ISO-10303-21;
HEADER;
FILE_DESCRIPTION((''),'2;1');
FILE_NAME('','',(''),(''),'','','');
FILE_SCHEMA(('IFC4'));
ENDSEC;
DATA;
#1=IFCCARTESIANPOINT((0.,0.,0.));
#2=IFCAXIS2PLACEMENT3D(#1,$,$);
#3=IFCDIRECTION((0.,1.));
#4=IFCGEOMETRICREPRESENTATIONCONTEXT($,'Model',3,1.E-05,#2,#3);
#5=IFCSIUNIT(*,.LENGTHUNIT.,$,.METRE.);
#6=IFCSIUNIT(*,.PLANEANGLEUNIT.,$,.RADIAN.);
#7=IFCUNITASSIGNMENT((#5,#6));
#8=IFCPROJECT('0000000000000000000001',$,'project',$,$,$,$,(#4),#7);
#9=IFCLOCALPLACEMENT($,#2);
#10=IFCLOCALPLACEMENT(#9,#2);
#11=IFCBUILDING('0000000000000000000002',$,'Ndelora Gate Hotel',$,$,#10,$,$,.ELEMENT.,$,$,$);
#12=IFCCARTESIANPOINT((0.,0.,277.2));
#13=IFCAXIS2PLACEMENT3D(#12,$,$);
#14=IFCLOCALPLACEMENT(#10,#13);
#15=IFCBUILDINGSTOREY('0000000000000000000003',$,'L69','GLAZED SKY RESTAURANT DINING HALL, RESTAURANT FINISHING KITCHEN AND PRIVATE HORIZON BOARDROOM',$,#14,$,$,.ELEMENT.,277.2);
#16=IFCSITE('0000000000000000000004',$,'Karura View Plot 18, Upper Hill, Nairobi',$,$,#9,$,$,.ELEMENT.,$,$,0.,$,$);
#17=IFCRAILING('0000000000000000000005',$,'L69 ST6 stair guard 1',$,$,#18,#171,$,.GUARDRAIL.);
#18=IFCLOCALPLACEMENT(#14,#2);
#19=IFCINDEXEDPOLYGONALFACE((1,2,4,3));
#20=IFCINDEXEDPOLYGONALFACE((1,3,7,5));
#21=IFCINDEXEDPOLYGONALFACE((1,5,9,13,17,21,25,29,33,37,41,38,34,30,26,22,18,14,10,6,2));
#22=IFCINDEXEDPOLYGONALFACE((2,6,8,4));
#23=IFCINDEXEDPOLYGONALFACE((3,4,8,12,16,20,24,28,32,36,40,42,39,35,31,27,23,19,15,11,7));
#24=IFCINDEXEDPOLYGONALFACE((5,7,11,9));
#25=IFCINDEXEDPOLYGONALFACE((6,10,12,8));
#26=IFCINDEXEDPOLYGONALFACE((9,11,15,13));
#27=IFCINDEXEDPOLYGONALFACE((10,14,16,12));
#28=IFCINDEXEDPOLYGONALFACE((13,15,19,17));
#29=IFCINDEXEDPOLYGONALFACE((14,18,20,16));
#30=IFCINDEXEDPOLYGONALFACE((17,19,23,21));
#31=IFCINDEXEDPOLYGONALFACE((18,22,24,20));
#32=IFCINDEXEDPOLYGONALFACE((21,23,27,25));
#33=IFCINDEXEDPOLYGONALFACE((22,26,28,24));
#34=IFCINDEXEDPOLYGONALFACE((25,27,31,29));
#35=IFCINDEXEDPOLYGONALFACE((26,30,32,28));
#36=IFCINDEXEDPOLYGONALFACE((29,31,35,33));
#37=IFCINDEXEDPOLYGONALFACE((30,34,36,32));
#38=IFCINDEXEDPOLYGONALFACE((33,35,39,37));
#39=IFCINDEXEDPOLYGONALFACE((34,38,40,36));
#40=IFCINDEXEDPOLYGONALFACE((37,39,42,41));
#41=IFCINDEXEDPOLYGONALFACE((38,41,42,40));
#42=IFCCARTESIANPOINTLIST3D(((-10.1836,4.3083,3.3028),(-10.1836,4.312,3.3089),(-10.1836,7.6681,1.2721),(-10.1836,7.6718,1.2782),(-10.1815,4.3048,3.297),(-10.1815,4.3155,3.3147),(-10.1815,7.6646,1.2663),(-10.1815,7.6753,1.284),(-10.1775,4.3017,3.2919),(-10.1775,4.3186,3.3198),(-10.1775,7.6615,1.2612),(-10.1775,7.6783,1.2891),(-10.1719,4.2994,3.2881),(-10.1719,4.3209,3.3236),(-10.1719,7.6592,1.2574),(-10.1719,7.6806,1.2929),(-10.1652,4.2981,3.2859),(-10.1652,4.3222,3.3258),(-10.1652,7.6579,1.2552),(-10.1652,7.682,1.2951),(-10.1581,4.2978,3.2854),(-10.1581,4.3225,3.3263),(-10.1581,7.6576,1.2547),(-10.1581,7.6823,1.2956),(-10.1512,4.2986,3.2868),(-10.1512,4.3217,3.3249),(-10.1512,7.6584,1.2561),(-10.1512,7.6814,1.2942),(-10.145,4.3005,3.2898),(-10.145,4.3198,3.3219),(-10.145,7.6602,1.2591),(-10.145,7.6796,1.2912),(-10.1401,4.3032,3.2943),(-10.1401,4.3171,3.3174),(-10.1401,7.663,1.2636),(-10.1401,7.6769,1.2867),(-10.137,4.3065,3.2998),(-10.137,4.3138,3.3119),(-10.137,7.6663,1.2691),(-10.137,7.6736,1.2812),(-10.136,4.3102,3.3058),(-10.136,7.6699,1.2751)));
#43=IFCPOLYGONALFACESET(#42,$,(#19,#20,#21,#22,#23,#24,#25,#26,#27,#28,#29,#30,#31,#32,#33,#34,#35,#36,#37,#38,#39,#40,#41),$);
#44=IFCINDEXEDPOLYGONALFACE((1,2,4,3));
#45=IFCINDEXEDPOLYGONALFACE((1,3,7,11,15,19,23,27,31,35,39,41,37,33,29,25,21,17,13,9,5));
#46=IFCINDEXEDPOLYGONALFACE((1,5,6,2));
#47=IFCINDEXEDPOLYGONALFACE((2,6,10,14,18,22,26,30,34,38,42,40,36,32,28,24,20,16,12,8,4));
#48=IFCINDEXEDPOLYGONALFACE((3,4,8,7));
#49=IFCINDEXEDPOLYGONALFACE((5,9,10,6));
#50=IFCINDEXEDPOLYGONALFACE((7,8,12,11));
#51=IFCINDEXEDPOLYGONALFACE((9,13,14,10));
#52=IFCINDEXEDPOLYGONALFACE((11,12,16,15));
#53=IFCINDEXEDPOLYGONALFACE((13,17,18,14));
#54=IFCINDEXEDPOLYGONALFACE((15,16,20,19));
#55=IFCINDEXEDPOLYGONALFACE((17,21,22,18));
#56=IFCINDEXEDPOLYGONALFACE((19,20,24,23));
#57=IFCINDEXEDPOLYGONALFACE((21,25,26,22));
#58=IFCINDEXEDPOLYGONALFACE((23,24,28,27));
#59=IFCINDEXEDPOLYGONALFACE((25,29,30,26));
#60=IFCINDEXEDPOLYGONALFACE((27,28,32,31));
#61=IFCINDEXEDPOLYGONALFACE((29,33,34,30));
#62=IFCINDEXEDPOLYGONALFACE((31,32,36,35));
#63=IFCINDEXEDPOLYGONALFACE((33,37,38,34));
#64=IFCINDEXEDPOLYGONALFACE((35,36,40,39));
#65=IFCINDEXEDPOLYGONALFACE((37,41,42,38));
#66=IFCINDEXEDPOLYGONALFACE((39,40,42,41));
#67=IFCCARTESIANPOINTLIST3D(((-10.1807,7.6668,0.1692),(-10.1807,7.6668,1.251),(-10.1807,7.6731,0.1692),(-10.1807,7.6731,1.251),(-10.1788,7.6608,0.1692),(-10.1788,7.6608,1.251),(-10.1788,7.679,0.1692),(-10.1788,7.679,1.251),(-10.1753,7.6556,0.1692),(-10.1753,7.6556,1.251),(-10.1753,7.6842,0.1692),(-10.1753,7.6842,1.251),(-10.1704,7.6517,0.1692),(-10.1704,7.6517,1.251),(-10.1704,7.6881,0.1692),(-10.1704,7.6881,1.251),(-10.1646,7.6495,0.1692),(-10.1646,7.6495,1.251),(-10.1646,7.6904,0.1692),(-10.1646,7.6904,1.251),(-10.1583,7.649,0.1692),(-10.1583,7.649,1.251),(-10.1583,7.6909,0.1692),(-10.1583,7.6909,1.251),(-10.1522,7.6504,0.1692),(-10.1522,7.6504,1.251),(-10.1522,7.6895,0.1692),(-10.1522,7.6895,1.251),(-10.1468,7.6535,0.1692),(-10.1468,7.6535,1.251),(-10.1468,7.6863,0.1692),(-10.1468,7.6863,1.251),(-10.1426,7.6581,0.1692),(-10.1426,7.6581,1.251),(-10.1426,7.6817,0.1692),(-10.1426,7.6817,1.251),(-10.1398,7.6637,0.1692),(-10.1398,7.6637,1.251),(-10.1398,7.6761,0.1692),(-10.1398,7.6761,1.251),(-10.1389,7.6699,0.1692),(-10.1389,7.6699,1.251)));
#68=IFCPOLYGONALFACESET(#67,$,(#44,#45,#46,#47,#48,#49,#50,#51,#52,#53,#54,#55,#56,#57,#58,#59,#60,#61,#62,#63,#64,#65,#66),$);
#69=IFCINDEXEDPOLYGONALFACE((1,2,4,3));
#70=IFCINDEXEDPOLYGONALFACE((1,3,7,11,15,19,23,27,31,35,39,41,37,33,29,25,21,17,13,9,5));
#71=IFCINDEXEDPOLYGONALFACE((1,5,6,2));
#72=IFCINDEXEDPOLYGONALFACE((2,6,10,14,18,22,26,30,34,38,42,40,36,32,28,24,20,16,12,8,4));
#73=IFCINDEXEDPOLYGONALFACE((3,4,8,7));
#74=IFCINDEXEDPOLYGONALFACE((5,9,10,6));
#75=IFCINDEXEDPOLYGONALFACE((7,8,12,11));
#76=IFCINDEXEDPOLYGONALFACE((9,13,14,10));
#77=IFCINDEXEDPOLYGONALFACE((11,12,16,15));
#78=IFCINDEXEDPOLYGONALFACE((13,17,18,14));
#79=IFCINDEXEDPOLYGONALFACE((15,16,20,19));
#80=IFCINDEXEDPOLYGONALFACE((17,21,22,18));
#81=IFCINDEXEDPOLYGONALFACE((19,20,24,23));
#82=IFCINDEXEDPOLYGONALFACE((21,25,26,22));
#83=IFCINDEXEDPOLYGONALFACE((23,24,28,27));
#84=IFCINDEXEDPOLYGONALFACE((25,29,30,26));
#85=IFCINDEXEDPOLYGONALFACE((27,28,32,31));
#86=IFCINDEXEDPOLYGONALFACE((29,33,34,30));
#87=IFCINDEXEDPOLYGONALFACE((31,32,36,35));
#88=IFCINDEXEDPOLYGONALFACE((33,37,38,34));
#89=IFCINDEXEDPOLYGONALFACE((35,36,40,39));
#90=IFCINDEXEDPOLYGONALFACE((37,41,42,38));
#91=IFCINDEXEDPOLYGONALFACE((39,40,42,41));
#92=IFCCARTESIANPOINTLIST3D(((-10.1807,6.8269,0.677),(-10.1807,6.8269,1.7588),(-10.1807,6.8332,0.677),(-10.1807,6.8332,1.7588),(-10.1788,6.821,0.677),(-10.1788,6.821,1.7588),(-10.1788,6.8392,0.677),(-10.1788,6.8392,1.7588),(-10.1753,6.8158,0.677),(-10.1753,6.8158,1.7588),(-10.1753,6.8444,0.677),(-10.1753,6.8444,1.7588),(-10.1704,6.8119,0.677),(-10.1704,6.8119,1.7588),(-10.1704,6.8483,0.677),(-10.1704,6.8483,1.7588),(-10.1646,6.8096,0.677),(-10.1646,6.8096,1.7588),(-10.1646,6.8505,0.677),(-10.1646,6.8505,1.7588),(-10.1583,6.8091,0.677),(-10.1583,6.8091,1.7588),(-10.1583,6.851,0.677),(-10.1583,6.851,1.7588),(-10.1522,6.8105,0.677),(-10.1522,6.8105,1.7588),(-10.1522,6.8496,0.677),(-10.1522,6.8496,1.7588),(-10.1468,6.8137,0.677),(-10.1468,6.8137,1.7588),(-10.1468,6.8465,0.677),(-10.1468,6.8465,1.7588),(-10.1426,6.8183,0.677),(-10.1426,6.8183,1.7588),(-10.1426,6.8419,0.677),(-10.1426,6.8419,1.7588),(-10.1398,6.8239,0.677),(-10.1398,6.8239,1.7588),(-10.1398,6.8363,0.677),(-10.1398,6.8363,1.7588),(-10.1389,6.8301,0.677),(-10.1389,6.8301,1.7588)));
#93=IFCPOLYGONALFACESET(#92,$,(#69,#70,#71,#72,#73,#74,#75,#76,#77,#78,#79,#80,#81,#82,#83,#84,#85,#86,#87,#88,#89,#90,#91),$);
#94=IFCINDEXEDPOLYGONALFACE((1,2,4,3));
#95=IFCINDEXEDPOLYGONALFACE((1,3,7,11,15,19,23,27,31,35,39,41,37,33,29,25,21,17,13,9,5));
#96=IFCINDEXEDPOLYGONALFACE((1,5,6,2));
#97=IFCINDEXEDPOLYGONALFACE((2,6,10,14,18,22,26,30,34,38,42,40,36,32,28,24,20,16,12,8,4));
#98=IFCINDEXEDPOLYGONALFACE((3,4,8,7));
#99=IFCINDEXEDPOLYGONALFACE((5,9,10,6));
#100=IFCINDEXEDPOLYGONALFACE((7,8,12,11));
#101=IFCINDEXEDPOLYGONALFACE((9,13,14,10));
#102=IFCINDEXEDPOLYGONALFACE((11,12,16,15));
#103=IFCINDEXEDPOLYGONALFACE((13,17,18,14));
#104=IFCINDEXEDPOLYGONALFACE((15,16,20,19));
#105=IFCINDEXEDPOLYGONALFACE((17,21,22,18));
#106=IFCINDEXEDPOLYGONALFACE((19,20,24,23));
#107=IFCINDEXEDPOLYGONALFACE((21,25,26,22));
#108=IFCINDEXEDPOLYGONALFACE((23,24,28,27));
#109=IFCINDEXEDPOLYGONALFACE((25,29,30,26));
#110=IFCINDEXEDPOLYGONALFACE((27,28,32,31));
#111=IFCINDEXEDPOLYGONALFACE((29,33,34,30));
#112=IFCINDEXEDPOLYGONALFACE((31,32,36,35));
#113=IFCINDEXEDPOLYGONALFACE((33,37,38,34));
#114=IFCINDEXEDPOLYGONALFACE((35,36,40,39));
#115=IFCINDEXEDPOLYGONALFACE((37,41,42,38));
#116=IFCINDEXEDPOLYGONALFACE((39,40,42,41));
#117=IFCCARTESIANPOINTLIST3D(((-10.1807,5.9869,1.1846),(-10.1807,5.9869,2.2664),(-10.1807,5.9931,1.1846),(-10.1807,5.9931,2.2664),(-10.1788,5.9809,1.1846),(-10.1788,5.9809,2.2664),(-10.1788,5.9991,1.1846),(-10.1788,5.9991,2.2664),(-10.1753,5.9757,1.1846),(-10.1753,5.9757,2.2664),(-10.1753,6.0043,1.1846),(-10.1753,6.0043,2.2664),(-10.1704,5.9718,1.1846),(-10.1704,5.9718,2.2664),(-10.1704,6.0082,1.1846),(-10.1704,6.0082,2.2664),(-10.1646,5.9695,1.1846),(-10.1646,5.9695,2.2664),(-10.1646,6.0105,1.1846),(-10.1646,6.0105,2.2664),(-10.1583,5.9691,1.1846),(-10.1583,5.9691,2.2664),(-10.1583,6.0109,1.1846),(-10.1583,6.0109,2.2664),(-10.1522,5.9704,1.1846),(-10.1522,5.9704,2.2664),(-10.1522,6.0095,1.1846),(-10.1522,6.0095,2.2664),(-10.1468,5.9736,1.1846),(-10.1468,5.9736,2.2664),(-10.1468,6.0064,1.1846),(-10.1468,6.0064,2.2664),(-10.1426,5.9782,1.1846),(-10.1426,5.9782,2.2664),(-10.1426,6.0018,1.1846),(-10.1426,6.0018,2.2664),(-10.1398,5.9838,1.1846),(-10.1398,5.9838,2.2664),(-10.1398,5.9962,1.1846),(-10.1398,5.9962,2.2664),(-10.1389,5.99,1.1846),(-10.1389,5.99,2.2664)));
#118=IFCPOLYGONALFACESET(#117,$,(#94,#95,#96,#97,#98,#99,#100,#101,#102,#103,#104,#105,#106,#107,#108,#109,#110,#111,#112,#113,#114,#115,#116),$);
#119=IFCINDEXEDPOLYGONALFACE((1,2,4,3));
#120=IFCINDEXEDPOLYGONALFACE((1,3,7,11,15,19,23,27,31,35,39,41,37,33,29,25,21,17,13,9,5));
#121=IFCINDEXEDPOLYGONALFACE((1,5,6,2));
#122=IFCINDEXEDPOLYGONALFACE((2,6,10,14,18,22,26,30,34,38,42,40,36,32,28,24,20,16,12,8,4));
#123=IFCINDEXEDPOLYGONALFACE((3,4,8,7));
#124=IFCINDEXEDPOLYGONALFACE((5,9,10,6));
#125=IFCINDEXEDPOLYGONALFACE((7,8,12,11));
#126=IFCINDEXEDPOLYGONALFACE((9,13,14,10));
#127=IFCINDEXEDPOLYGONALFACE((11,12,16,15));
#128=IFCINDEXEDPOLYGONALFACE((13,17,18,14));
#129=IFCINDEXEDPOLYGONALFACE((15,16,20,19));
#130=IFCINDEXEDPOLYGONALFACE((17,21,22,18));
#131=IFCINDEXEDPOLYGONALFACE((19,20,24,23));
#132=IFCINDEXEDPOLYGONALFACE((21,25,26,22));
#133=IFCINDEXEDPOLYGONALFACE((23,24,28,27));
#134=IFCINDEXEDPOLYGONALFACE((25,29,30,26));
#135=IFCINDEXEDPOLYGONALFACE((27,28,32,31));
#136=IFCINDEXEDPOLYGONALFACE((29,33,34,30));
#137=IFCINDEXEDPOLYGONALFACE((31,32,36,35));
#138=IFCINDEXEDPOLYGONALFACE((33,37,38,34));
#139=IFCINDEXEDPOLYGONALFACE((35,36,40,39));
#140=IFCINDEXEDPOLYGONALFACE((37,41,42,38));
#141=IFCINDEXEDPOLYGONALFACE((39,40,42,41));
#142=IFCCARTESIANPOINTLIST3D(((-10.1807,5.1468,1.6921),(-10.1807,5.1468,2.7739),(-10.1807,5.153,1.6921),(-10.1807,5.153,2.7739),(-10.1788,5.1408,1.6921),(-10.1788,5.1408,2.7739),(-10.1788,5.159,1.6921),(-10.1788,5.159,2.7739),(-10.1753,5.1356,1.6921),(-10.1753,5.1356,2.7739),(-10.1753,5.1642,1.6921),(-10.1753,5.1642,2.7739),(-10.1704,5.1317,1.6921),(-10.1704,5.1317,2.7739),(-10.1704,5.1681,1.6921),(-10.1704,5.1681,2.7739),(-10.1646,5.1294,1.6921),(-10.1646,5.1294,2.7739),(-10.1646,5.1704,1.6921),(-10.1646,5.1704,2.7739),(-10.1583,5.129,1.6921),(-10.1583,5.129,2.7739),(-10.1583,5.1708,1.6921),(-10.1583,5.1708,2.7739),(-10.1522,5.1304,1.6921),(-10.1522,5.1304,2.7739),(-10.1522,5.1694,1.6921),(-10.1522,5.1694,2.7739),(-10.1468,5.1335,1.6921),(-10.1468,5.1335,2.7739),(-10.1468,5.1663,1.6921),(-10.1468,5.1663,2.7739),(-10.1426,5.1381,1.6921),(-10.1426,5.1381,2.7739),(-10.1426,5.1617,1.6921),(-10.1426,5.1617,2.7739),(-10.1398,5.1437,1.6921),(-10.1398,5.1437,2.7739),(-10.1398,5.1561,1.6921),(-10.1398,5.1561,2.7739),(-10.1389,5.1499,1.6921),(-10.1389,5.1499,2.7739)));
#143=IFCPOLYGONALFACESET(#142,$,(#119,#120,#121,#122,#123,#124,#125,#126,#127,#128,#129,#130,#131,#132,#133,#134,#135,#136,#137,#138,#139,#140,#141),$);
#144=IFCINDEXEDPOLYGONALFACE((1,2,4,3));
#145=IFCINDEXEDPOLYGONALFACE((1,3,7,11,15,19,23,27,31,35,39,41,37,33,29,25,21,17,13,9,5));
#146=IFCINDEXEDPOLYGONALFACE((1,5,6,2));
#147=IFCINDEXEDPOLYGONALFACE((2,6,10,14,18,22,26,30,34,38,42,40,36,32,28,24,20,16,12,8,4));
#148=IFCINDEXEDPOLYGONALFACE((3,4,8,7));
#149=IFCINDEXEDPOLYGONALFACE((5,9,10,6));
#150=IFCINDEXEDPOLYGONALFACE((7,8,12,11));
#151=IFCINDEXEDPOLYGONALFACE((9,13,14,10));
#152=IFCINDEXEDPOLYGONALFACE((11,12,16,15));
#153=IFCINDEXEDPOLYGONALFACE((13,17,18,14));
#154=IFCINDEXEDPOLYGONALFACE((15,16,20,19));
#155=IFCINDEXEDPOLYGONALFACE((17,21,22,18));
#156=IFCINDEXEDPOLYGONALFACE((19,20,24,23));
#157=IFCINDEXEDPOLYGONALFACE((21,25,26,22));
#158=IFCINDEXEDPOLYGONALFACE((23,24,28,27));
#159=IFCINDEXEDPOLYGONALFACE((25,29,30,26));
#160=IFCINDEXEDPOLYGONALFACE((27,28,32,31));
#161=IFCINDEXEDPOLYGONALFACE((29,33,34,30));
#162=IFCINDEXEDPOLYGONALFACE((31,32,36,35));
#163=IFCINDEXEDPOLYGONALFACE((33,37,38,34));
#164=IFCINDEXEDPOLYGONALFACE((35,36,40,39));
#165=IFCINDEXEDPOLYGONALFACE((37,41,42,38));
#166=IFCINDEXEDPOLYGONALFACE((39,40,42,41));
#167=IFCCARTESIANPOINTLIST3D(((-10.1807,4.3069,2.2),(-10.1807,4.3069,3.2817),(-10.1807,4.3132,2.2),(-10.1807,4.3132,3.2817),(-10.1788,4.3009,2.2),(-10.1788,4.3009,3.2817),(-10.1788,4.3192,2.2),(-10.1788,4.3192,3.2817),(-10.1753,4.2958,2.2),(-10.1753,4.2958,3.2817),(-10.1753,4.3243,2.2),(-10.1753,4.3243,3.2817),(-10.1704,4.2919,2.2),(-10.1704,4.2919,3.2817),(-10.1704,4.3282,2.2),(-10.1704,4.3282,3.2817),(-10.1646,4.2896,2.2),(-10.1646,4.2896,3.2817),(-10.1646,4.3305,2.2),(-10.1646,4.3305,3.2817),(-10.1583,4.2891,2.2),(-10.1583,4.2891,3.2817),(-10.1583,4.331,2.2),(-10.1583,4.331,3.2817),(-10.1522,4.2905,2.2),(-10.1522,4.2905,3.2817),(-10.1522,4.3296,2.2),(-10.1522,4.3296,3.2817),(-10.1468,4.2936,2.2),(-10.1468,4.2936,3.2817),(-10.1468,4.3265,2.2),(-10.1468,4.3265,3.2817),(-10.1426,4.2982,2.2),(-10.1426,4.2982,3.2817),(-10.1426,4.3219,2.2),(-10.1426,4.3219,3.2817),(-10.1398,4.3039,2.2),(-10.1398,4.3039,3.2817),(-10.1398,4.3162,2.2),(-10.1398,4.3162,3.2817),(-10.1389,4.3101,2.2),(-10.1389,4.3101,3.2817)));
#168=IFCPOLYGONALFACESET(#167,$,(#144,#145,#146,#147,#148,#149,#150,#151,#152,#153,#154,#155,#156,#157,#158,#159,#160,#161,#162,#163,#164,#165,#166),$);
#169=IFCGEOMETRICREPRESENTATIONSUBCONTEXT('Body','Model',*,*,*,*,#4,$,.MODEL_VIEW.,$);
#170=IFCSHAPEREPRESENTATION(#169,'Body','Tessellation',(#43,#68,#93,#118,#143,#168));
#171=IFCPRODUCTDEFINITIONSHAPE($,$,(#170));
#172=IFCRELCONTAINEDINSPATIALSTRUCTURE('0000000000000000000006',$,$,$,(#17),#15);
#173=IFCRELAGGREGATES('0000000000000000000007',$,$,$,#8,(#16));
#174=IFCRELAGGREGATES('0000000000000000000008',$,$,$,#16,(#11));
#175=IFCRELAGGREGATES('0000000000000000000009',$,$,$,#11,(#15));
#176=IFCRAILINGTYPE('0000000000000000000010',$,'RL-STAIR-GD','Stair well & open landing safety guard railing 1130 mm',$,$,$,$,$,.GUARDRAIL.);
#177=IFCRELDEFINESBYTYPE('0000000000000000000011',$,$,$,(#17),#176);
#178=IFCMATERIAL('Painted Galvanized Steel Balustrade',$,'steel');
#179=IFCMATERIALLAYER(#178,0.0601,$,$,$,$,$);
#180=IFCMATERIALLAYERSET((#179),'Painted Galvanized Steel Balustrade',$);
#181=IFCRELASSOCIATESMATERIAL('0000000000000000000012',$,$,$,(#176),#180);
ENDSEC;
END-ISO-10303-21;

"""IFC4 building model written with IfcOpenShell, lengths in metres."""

from ifc_helpers import new_model, si_unit, direction, frame, origin, origin_2d, place, context, subcontext, project, spatial, circle, extrude, material, layer, layer_set, type_object, element, save


model = new_model("IFC4")

# Units and contexts
model_context = context("Model", 3, precision=1e-05, world=origin(), true_north=direction((0.0, 1.0)))
body_context = subcontext(model_context, "Body", "Model", "MODEL_VIEW")
ifc_project = project(units=[si_unit("LENGTHUNIT", "METRE"), si_unit("PLANEANGLEUNIT", "RADIAN")], contexts=[model_context])

# Site, building, storey
site_placement = place(None, origin())
site = spatial("IfcSite", under=ifc_project, at=site_placement, Name="Karura View Plot 18, Upper Hill, Nairobi", CompositionType="ELEMENT", RefElevation=0.0)
building_placement = place(site_placement, origin())
building = spatial("IfcBuilding", under=site, at=building_placement, Name="Ndelora Gate Hotel", CompositionType="ELEMENT")
storey_placement = place(building_placement, frame((0.0, 0.0, 277.2)))
storey = spatial("IfcBuildingStorey", under=building, at=storey_placement, Name="L69", Description="GLAZED SKY RESTAURANT DINING HALL, RESTAURANT FINISHING KITCHEN AND PRIVATE HORIZON BOARDROOM", CompositionType="ELEMENT", Elevation=277.2)

# Railing
ifc_material_1 = material(Name="Painted Galvanized Steel Balustrade", Category="steel")
ifc_layer_1 = layer(ifc_material_1, 0.0601)
ifc_layer_set_1 = layer_set([ifc_layer_1], Name="Painted Galvanized Steel Balustrade")
railing_type_1 = type_object("IfcRailingType", Name="RL-STAIR-GD", Description="Stair well & open landing safety guard railing 1130 mm", PredefinedType="GUARDRAIL", material=ifc_layer_set_1)
railing_1_placement = place(storey_placement, frame((-10.1599, 7.6699, 0.1692)))
element("IfcRailing", 1, at=railing_1_placement, inside=storey, type_object=railing_type_1, Name="L69 ST6 stair guard 1", PredefinedType="GUARDRAIL", context=body_context, shape_type="SweptSolid", body=[
    extrude(circle(Radius=0.0239, at=origin_2d()), frame((0.0, 0.0, 1.106), z_axis=(0.0, -0.85582, 0.517273), x_axis=(1.0, 0.0, 0.0)), (0.0, 0.0, 1.0), 3.9258),
    extrude(circle(Radius=0.021, at=origin_2d()), origin(), (0.0, 0.0, 1.0), 1.0818),
    extrude(circle(Radius=0.021, at=origin_2d()), frame((0.0, -0.8398, 0.5078)), (0.0, 0.0, 1.0), 1.0818),
    extrude(circle(Radius=0.021, at=origin_2d()), frame((0.0, -1.6799, 1.0154)), (0.0, 0.0, 1.0), 1.0818),
    extrude(circle(Radius=0.021, at=origin_2d()), frame((0.0, -2.52, 1.5229)), (0.0, 0.0, 1.0), 1.0818),
    extrude(circle(Radius=0.021, at=origin_2d()), frame((0.0, -3.3599, 2.0308)), (0.0, 0.0, 1.0), 1.0818),
])

save(model, "model.ifc")
